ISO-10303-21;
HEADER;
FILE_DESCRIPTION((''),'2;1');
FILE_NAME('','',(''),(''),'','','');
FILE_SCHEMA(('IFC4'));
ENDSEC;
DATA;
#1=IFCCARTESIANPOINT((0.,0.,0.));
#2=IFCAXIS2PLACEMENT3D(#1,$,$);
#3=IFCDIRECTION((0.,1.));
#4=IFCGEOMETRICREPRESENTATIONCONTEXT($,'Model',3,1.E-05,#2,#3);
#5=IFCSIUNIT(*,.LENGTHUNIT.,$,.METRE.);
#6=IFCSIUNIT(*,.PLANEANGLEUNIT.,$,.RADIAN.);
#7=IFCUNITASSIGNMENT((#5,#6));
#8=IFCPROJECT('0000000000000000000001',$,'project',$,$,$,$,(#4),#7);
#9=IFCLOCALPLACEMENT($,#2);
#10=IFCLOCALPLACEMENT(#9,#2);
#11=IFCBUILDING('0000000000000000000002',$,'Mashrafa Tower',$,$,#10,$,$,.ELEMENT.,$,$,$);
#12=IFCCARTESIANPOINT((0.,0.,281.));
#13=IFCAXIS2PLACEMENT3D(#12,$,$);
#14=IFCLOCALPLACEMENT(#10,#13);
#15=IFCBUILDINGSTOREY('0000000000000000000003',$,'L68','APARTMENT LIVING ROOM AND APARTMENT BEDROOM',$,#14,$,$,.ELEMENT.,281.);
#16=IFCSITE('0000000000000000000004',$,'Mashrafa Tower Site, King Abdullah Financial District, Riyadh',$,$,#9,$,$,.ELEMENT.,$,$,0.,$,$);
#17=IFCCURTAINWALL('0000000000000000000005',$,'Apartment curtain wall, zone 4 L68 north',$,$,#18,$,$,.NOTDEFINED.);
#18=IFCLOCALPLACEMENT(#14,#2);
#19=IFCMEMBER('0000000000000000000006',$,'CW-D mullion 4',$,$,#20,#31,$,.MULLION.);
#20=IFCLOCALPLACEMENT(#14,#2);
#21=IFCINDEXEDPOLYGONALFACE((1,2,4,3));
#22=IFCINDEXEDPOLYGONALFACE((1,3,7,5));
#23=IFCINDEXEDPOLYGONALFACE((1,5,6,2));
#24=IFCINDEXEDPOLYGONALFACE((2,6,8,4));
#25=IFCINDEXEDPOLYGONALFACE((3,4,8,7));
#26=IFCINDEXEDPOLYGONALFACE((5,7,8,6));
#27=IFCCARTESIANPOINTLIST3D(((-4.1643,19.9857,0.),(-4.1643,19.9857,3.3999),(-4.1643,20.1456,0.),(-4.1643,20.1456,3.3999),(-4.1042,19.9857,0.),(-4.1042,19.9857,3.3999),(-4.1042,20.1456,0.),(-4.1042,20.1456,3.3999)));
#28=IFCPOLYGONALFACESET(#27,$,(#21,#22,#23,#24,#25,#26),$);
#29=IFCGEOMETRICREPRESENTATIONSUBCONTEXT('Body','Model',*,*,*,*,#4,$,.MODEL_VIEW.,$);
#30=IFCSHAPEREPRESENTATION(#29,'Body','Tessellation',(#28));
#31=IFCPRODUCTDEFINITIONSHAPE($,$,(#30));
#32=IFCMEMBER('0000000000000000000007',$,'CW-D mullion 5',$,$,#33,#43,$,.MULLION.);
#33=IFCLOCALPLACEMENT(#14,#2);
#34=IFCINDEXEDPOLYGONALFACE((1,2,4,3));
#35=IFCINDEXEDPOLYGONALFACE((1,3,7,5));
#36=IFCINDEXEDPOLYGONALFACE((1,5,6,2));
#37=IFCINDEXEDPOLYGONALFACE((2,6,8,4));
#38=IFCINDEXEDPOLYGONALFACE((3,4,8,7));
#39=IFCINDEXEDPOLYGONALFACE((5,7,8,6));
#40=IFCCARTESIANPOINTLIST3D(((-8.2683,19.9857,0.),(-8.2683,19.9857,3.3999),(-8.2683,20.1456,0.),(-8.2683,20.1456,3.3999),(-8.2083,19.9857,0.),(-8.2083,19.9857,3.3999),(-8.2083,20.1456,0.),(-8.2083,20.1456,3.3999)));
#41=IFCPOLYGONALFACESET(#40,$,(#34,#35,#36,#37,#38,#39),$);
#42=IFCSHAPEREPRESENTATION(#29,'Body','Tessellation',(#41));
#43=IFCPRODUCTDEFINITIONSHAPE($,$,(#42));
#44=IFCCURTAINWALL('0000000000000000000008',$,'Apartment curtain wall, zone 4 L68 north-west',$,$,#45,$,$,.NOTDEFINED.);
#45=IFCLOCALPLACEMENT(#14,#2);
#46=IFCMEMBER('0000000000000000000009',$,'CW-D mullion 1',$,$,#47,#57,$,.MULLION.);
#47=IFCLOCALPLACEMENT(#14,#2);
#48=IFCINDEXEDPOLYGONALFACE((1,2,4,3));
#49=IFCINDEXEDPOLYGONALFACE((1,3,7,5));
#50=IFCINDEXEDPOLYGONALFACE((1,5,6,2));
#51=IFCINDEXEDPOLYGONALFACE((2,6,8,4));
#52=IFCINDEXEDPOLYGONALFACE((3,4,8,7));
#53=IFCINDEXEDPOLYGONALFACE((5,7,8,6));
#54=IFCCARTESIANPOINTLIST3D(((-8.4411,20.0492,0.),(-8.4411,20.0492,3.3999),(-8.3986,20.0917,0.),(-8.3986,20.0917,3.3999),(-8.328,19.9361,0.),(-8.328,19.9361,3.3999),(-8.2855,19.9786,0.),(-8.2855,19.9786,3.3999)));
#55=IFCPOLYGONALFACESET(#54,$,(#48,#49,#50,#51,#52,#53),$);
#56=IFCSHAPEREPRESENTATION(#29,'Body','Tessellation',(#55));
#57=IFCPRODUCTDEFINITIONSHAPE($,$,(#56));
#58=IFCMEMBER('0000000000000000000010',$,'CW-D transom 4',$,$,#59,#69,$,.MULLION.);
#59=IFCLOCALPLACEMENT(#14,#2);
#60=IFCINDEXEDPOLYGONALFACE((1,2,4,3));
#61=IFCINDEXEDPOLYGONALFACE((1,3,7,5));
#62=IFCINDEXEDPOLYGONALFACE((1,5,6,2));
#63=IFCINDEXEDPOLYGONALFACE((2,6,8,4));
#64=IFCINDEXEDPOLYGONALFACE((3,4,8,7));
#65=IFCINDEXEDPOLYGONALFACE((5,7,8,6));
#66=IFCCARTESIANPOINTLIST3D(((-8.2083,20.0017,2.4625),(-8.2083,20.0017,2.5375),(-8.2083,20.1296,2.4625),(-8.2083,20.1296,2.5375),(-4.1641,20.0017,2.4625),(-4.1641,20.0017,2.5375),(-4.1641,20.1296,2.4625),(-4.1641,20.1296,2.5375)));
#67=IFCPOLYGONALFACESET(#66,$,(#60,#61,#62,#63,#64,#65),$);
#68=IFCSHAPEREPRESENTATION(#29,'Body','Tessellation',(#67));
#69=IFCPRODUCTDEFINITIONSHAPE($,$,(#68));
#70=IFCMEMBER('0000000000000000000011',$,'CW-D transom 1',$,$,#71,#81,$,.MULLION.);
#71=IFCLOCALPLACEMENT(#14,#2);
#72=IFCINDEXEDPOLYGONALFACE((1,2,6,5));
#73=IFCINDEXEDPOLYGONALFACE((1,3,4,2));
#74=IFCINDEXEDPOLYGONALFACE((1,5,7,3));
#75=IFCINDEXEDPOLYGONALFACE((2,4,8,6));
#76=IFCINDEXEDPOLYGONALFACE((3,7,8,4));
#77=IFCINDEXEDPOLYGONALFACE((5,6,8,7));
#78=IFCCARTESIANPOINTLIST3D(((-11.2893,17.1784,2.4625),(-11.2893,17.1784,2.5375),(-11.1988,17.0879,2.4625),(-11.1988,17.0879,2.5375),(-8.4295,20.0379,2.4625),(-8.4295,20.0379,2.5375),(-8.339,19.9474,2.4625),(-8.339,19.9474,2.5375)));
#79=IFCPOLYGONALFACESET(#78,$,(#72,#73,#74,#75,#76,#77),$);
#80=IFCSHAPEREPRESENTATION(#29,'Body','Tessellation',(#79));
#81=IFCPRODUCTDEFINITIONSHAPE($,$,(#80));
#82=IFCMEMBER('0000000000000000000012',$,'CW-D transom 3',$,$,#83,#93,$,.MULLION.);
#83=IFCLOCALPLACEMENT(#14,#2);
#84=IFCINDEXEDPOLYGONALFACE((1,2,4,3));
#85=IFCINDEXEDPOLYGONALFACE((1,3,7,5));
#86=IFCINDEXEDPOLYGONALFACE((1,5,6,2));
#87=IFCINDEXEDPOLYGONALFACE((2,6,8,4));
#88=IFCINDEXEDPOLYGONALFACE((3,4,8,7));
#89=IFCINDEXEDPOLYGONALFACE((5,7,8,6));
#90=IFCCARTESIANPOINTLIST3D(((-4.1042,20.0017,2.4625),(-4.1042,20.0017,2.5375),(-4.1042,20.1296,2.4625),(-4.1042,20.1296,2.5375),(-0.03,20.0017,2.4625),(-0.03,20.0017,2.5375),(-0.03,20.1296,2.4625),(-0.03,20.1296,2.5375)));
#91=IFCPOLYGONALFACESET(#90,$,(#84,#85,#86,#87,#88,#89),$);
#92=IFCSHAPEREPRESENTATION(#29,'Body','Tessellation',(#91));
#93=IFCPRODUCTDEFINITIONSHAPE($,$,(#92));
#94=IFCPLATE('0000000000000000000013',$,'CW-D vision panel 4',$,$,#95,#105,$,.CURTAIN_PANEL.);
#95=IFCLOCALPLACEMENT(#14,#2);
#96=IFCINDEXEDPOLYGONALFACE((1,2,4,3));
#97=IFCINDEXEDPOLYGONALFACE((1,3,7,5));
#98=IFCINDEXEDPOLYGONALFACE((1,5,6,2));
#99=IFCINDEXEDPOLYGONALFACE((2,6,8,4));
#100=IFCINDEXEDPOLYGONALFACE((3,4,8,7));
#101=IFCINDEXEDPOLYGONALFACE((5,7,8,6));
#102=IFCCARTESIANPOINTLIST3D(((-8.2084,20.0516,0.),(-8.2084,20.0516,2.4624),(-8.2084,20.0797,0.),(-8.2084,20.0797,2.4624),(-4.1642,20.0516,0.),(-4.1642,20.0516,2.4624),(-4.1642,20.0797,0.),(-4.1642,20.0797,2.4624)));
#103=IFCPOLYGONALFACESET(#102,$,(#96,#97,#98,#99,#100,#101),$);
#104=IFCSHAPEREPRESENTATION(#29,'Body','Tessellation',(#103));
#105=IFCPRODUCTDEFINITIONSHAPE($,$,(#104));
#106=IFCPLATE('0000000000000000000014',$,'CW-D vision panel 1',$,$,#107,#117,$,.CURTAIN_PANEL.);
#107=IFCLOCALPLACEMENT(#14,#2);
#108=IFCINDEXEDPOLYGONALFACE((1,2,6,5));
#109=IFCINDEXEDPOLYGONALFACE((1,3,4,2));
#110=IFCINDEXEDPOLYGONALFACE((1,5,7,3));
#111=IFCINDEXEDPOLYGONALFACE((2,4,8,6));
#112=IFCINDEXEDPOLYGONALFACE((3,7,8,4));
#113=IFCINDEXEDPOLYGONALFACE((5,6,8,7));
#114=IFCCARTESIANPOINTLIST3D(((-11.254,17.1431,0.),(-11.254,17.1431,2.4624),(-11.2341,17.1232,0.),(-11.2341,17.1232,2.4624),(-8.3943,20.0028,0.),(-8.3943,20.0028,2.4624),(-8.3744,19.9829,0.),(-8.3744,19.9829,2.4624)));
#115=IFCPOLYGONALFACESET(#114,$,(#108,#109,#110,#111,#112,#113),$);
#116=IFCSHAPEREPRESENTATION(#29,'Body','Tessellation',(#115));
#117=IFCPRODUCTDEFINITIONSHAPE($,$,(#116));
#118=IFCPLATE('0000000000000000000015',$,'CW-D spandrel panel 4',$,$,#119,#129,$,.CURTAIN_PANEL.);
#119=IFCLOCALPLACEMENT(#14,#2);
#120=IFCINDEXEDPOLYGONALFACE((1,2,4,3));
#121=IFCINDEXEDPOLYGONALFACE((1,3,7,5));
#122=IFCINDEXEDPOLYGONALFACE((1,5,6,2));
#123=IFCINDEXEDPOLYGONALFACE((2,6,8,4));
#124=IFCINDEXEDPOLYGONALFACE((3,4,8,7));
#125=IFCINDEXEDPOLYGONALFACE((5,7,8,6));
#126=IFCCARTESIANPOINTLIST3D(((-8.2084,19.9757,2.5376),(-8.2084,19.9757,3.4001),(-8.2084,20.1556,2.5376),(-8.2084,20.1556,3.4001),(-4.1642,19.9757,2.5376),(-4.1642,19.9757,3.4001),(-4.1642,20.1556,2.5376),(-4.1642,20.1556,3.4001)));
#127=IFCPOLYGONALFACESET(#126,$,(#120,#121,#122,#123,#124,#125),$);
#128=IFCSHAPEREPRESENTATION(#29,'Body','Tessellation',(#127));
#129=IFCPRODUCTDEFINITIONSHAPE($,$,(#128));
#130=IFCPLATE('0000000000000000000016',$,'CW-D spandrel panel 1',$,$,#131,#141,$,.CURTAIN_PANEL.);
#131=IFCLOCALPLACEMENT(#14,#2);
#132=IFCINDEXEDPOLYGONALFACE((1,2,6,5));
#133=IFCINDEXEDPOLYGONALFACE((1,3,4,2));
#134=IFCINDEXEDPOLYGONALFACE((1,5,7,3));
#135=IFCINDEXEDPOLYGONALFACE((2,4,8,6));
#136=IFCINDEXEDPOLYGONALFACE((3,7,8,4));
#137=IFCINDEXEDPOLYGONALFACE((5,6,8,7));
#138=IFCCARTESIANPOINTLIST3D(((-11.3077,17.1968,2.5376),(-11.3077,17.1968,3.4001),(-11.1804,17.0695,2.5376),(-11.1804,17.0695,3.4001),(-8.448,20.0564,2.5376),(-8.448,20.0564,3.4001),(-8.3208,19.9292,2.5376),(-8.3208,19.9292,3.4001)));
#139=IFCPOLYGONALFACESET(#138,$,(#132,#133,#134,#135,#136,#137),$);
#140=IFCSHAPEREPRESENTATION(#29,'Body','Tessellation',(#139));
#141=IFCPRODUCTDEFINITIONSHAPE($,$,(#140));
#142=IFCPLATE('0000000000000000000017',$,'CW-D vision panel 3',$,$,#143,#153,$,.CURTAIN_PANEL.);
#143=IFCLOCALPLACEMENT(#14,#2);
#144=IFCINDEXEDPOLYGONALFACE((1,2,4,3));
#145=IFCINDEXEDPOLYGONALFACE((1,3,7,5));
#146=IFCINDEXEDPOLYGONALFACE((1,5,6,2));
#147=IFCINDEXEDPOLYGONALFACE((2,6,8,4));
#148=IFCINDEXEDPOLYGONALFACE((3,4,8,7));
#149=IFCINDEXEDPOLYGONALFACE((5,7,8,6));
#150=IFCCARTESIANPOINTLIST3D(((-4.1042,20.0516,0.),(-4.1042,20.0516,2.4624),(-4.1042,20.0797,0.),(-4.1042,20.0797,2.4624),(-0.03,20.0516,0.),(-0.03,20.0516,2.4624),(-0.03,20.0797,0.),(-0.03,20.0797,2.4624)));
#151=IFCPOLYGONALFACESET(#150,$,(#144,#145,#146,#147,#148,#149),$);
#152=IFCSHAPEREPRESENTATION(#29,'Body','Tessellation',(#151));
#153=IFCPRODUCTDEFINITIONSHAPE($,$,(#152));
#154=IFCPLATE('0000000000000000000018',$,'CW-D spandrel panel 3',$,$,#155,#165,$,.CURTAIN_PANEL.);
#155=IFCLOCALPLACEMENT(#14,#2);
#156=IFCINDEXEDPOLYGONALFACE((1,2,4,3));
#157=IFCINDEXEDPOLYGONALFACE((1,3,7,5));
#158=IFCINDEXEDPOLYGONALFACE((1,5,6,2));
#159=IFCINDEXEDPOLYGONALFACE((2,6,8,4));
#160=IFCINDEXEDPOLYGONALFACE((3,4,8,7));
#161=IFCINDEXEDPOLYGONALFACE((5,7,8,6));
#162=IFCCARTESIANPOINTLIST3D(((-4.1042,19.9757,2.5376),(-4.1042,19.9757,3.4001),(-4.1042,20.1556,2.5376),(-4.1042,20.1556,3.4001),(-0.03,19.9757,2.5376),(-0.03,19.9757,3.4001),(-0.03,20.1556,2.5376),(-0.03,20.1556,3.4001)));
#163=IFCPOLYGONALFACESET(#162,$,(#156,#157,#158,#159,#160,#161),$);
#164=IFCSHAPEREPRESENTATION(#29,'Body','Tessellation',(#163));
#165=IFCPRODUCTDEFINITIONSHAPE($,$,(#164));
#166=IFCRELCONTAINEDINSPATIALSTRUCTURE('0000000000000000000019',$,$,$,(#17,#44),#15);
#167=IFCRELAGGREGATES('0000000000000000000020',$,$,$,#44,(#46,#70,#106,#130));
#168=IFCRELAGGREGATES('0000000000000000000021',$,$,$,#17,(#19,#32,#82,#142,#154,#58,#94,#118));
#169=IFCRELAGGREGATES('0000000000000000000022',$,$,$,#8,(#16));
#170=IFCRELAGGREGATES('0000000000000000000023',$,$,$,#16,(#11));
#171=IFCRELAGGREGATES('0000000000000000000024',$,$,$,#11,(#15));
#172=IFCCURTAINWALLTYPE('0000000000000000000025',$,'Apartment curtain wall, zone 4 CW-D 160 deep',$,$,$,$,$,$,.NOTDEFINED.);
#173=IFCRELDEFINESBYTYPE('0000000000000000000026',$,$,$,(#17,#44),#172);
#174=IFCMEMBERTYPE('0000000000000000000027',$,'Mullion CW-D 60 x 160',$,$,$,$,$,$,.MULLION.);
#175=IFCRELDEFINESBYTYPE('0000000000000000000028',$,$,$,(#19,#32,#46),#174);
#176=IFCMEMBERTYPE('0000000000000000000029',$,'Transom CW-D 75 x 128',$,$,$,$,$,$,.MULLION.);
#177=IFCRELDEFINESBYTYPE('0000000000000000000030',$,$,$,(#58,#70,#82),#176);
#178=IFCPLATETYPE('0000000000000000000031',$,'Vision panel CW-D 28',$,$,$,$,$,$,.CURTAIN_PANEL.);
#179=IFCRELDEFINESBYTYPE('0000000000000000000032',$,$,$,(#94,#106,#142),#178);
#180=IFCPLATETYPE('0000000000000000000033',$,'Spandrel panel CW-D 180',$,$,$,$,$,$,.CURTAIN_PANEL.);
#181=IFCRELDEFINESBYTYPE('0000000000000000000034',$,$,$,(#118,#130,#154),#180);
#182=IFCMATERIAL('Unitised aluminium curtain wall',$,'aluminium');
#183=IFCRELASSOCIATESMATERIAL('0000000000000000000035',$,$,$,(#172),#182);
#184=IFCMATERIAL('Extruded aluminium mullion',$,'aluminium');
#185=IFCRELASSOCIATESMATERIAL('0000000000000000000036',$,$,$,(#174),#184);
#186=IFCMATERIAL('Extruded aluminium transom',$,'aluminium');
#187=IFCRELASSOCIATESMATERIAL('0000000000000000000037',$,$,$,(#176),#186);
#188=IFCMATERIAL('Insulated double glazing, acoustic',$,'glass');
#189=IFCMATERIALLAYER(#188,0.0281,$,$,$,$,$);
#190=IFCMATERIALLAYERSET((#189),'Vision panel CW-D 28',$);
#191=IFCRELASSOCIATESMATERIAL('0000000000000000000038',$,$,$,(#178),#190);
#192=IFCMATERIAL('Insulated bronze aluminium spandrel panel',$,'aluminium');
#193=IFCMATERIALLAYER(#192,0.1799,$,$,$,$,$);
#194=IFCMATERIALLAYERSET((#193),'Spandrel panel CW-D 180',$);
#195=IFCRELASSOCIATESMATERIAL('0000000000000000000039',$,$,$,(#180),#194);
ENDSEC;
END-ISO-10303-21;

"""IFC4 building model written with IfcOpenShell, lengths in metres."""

from ifc_helpers import new_model, si_unit, direction, frame, origin, origin_2d, place, context, subcontext, project, spatial, rectangle, extrude, source, transform, mapped, material, layer, layer_set, material_profile, profile_set, type_object, type_shapes, element, aggregate, save


model = new_model("IFC4")

# Units and contexts
model_context = context("Model", 3, precision=1e-05, world=origin(), true_north=direction((0.0, 1.0)))
body_context = subcontext(model_context, "Body", "Model", "MODEL_VIEW")
ifc_project = project(units=[si_unit("LENGTHUNIT", "METRE"), si_unit("PLANEANGLEUNIT", "RADIAN")], contexts=[model_context])

# Site, building, storey
site_placement = place(None, origin())
site = spatial("IfcSite", under=ifc_project, at=site_placement, Name="Mashrafa Tower Site, King Abdullah Financial District, Riyadh", CompositionType="ELEMENT", RefElevation=0.0)
building_placement = place(site_placement, origin())
building = spatial("IfcBuilding", under=site, at=building_placement, Name="Mashrafa Tower", CompositionType="ELEMENT")
storey_placement = place(building_placement, frame((0.0, 0.0, 281.0)))
storey = spatial("IfcBuildingStorey", under=building, at=storey_placement, Name="L68", Description="APARTMENT LIVING ROOM AND APARTMENT BEDROOM", CompositionType="ELEMENT", Elevation=281.0)

# Curtain wall, members
ifc_material_1 = material(Name="Unitised aluminium curtain wall", Category="aluminium")
curtain_wall_type = type_object("IfcCurtainWallType", Name="Apartment curtain wall, zone 4 CW-D 160 deep", PredefinedType="NOTDEFINED", material=ifc_material_1)
curtain_wall_1_placement = place(storey_placement, origin())
curtain_wall_1 = element("IfcCurtainWall", 1, at=curtain_wall_1_placement, inside=storey, type_object=curtain_wall_type, Name="Apartment curtain wall, zone 4 L68 north", PredefinedType="NOTDEFINED")
ifc_material_2 = material(Name="Extruded aluminium mullion", Category="aluminium")
ifc_material_profile_1 = material_profile(ifc_material_2, rectangle(XDim=0.1599, YDim=0.0601, at=origin_2d()), Name="Mullion 60x160")
ifc_profile_set_1 = profile_set([ifc_material_profile_1], Name="Extruded aluminium mullion")
member_type_1 = type_object("IfcMemberType", Name="Mullion CW-D 60 x 160", PredefinedType="MULLION", material=ifc_profile_set_1)
shared_shape_1 = source(origin(), body_context, "Body", "SweptSolid", [
    extrude(rectangle(XDim=0.1599, YDim=0.0601, at=origin_2d()), origin(), (0.0, 0.0, 1.0), 3.3999),
])
type_shapes(member_type_1, [shared_shape_1])
member_1_placement = place(storey_placement, frame((-4.1343, 20.0657, 0.0), z_axis=(0.0, 0.0, 1.0), x_axis=(0.0, -1.0, 0.0)))
member_1 = element("IfcMember", 2, at=member_1_placement, type_object=member_type_1, Name="CW-D mullion 4", PredefinedType="MULLION", context=body_context, shape_type="MappedRepresentation", body=[
    mapped(shared_shape_1, transform((0.0, 0.0, 0.0))),
])
member_2_placement = place(storey_placement, frame((-8.2383, 20.0657, 0.0), z_axis=(0.0, 0.0, 1.0), x_axis=(0.0, -1.0, 0.0)))
member_2 = element("IfcMember", 3, at=member_2_placement, type_object=member_type_1, Name="CW-D mullion 5", PredefinedType="MULLION", context=body_context, shape_type="MappedRepresentation", body=[
    mapped(shared_shape_1, transform((0.0, 0.0, 0.0))),
])

# Curtain wall, member
curtain_wall_2_placement = place(storey_placement, origin())
curtain_wall_2 = element("IfcCurtainWall", 4, at=curtain_wall_2_placement, inside=storey, type_object=curtain_wall_type, Name="Apartment curtain wall, zone 4 L68 north-west", PredefinedType="NOTDEFINED")
member_3_placement = place(storey_placement, frame((-8.3633, 20.0139, 0.0), z_axis=(0.0, 0.0, 1.0), x_axis=(0.707107, -0.707107, 0.0)))
member_3 = element("IfcMember", 5, at=member_3_placement, type_object=member_type_1, Name="CW-D mullion 1", PredefinedType="MULLION", context=body_context, shape_type="MappedRepresentation", body=[
    mapped(shared_shape_1, transform((0.0, 0.0, 0.0))),
])

# Members
ifc_material_3 = material(Name="Extruded aluminium transom", Category="aluminium")
ifc_material_profile_2 = material_profile(ifc_material_3, rectangle(XDim=0.1279, YDim=0.075, at=origin_2d()), Name="Transom 75x128")
ifc_profile_set_2 = profile_set([ifc_material_profile_2], Name="Extruded aluminium transom")
member_type_2 = type_object("IfcMemberType", Name="Transom CW-D 75 x 128", PredefinedType="MULLION", material=ifc_profile_set_2)
shared_shape_2 = source(origin(), body_context, "Body", "SweptSolid", [
    extrude(rectangle(XDim=0.1279, YDim=0.075, at=origin_2d()), origin(), (0.0, 0.0, 1.0), 4.0442),
])
member_4_placement = place(storey_placement, frame((-4.1641, 20.0657, 2.5), z_axis=(-1.0, 0.0, 0.0), x_axis=(0.0, -1.0, 0.0)))
member_4 = element("IfcMember", 6, at=member_4_placement, type_object=member_type_2, Name="CW-D transom 4", PredefinedType="MULLION", context=body_context, shape_type="MappedRepresentation", body=[
    mapped(shared_shape_2, transform((0.0, 0.0, 0.0))),
])
member_5_placement = place(storey_placement, frame((-8.3843, 19.9927, 2.5), z_axis=(-0.707137, -0.707077, 0.0), x_axis=(0.707077, -0.707137, 0.0)))
member_5 = element("IfcMember", 7, at=member_5_placement, type_object=member_type_2, Name="CW-D transom 1", PredefinedType="MULLION", context=body_context, shape_type="MappedRepresentation", body=[
    mapped(shared_shape_2, transform((0.0, 0.0, 0.0))),
])
shared_shape_3 = source(origin(), body_context, "Body", "SweptSolid", [
    extrude(rectangle(XDim=0.1279, YDim=0.075, at=origin_2d()), origin(), (0.0, 0.0, 1.0), 4.0742),
])
type_shapes(member_type_2, [shared_shape_2, shared_shape_3])
member_6_placement = place(storey_placement, frame((-0.03, 20.0657, 2.5), z_axis=(-1.0, 0.0, 0.0), x_axis=(0.0, -1.0, 0.0)))
member_6 = element("IfcMember", 8, at=member_6_placement, type_object=member_type_2, Name="CW-D transom 3", PredefinedType="MULLION", context=body_context, shape_type="MappedRepresentation", body=[
    mapped(shared_shape_3, transform((0.0, 0.0, 0.0))),
])

# Plates
ifc_material_4 = material(Name="Insulated double glazing, acoustic", Category="glass")
ifc_layer_1 = layer(ifc_material_4, 0.0281)
ifc_layer_set_1 = layer_set([ifc_layer_1], Name="Vision panel CW-D 28")
plate_type_1 = type_object("IfcPlateType", Name="Vision panel CW-D 28", PredefinedType="CURTAIN_PANEL", material=ifc_layer_set_1)
shared_shape_4 = source(origin(), body_context, "Body", "SweptSolid", [
    extrude(rectangle(XDim=4.0442, YDim=0.0281, at=origin_2d()), origin(), (0.0, 0.0, 1.0), 2.4624),
])
plate_1_placement = place(storey_placement, frame((-6.1863, 20.0657, 0.0), z_axis=(0.0, 0.0, 1.0), x_axis=(-1.0, 0.0, 0.0)))
plate_1 = element("IfcPlate", 9, at=plate_1_placement, type_object=plate_type_1, Name="CW-D vision panel 4", PredefinedType="CURTAIN_PANEL", context=body_context, shape_type="MappedRepresentation", body=[
    mapped(shared_shape_4, transform((0.0, 0.0, 0.0))),
])
plate_2_placement = place(storey_placement, frame((-9.8142, 18.563, 0.0), z_axis=(0.0, 0.0, 1.0), x_axis=(-0.707107, -0.707107, 0.0)))
plate_2 = element("IfcPlate", 10, at=plate_2_placement, type_object=plate_type_1, Name="CW-D vision panel 1", PredefinedType="CURTAIN_PANEL", context=body_context, shape_type="MappedRepresentation", body=[
    mapped(shared_shape_4, transform((0.0, 0.0, 0.0))),
])
ifc_material_5 = material(Name="Insulated bronze aluminium spandrel panel", Category="aluminium")
ifc_layer_2 = layer(ifc_material_5, 0.1799)
ifc_layer_set_2 = layer_set([ifc_layer_2], Name="Spandrel panel CW-D 180")
plate_type_2 = type_object("IfcPlateType", Name="Spandrel panel CW-D 180", PredefinedType="CURTAIN_PANEL", material=ifc_layer_set_2)
shared_shape_5 = source(origin(), body_context, "Body", "SweptSolid", [
    extrude(rectangle(XDim=4.0442, YDim=0.1799, at=origin_2d()), origin(), (0.0, 0.0, 1.0), 0.8625),
])
plate_3_placement = place(storey_placement, frame((-6.1863, 20.0657, 2.5376), z_axis=(0.0, 0.0, 1.0), x_axis=(-1.0, 0.0, 0.0)))
plate_3 = element("IfcPlate", 11, at=plate_3_placement, type_object=plate_type_2, Name="CW-D spandrel panel 4", PredefinedType="CURTAIN_PANEL", context=body_context, shape_type="MappedRepresentation", body=[
    mapped(shared_shape_5, transform((0.0, 0.0, 0.0))),
])
plate_4_placement = place(storey_placement, frame((-9.8142, 18.563, 2.5376), z_axis=(0.0, 0.0, 1.0), x_axis=(-0.707107, -0.707107, 0.0)))
plate_4 = element("IfcPlate", 12, at=plate_4_placement, type_object=plate_type_2, Name="CW-D spandrel panel 1", PredefinedType="CURTAIN_PANEL", context=body_context, shape_type="MappedRepresentation", body=[
    mapped(shared_shape_5, transform((0.0, 0.0, 0.0))),
])
aggregate(curtain_wall_2, [member_3, member_5, plate_2, plate_4])
shared_shape_6 = source(origin(), body_context, "Body", "SweptSolid", [
    extrude(rectangle(XDim=4.0742, YDim=0.0281, at=origin_2d()), origin(), (0.0, 0.0, 1.0), 2.4624),
])
type_shapes(plate_type_1, [shared_shape_4, shared_shape_6])
plate_5_placement = place(storey_placement, frame((-2.0671, 20.0657, 0.0), z_axis=(0.0, 0.0, 1.0), x_axis=(-1.0, 0.0, 0.0)))
plate_5 = element("IfcPlate", 13, at=plate_5_placement, type_object=plate_type_1, Name="CW-D vision panel 3", PredefinedType="CURTAIN_PANEL", context=body_context, shape_type="MappedRepresentation", body=[
    mapped(shared_shape_6, transform((0.0, 0.0, 0.0))),
])
shared_shape_7 = source(origin(), body_context, "Body", "SweptSolid", [
    extrude(rectangle(XDim=4.0742, YDim=0.1799, at=origin_2d()), origin(), (0.0, 0.0, 1.0), 0.8625),
])
type_shapes(plate_type_2, [shared_shape_5, shared_shape_7])
plate_6_placement = place(storey_placement, frame((-2.0671, 20.0657, 2.5376), z_axis=(0.0, 0.0, 1.0), x_axis=(-1.0, 0.0, 0.0)))
plate_6 = element("IfcPlate", 14, at=plate_6_placement, type_object=plate_type_2, Name="CW-D spandrel panel 3", PredefinedType="CURTAIN_PANEL", context=body_context, shape_type="MappedRepresentation", body=[
    mapped(shared_shape_7, transform((0.0, 0.0, 0.0))),
])
aggregate(curtain_wall_1, [member_1, member_2, member_6, plate_5, plate_6, member_4, plate_1, plate_3])

save(model, "model.ifc")
